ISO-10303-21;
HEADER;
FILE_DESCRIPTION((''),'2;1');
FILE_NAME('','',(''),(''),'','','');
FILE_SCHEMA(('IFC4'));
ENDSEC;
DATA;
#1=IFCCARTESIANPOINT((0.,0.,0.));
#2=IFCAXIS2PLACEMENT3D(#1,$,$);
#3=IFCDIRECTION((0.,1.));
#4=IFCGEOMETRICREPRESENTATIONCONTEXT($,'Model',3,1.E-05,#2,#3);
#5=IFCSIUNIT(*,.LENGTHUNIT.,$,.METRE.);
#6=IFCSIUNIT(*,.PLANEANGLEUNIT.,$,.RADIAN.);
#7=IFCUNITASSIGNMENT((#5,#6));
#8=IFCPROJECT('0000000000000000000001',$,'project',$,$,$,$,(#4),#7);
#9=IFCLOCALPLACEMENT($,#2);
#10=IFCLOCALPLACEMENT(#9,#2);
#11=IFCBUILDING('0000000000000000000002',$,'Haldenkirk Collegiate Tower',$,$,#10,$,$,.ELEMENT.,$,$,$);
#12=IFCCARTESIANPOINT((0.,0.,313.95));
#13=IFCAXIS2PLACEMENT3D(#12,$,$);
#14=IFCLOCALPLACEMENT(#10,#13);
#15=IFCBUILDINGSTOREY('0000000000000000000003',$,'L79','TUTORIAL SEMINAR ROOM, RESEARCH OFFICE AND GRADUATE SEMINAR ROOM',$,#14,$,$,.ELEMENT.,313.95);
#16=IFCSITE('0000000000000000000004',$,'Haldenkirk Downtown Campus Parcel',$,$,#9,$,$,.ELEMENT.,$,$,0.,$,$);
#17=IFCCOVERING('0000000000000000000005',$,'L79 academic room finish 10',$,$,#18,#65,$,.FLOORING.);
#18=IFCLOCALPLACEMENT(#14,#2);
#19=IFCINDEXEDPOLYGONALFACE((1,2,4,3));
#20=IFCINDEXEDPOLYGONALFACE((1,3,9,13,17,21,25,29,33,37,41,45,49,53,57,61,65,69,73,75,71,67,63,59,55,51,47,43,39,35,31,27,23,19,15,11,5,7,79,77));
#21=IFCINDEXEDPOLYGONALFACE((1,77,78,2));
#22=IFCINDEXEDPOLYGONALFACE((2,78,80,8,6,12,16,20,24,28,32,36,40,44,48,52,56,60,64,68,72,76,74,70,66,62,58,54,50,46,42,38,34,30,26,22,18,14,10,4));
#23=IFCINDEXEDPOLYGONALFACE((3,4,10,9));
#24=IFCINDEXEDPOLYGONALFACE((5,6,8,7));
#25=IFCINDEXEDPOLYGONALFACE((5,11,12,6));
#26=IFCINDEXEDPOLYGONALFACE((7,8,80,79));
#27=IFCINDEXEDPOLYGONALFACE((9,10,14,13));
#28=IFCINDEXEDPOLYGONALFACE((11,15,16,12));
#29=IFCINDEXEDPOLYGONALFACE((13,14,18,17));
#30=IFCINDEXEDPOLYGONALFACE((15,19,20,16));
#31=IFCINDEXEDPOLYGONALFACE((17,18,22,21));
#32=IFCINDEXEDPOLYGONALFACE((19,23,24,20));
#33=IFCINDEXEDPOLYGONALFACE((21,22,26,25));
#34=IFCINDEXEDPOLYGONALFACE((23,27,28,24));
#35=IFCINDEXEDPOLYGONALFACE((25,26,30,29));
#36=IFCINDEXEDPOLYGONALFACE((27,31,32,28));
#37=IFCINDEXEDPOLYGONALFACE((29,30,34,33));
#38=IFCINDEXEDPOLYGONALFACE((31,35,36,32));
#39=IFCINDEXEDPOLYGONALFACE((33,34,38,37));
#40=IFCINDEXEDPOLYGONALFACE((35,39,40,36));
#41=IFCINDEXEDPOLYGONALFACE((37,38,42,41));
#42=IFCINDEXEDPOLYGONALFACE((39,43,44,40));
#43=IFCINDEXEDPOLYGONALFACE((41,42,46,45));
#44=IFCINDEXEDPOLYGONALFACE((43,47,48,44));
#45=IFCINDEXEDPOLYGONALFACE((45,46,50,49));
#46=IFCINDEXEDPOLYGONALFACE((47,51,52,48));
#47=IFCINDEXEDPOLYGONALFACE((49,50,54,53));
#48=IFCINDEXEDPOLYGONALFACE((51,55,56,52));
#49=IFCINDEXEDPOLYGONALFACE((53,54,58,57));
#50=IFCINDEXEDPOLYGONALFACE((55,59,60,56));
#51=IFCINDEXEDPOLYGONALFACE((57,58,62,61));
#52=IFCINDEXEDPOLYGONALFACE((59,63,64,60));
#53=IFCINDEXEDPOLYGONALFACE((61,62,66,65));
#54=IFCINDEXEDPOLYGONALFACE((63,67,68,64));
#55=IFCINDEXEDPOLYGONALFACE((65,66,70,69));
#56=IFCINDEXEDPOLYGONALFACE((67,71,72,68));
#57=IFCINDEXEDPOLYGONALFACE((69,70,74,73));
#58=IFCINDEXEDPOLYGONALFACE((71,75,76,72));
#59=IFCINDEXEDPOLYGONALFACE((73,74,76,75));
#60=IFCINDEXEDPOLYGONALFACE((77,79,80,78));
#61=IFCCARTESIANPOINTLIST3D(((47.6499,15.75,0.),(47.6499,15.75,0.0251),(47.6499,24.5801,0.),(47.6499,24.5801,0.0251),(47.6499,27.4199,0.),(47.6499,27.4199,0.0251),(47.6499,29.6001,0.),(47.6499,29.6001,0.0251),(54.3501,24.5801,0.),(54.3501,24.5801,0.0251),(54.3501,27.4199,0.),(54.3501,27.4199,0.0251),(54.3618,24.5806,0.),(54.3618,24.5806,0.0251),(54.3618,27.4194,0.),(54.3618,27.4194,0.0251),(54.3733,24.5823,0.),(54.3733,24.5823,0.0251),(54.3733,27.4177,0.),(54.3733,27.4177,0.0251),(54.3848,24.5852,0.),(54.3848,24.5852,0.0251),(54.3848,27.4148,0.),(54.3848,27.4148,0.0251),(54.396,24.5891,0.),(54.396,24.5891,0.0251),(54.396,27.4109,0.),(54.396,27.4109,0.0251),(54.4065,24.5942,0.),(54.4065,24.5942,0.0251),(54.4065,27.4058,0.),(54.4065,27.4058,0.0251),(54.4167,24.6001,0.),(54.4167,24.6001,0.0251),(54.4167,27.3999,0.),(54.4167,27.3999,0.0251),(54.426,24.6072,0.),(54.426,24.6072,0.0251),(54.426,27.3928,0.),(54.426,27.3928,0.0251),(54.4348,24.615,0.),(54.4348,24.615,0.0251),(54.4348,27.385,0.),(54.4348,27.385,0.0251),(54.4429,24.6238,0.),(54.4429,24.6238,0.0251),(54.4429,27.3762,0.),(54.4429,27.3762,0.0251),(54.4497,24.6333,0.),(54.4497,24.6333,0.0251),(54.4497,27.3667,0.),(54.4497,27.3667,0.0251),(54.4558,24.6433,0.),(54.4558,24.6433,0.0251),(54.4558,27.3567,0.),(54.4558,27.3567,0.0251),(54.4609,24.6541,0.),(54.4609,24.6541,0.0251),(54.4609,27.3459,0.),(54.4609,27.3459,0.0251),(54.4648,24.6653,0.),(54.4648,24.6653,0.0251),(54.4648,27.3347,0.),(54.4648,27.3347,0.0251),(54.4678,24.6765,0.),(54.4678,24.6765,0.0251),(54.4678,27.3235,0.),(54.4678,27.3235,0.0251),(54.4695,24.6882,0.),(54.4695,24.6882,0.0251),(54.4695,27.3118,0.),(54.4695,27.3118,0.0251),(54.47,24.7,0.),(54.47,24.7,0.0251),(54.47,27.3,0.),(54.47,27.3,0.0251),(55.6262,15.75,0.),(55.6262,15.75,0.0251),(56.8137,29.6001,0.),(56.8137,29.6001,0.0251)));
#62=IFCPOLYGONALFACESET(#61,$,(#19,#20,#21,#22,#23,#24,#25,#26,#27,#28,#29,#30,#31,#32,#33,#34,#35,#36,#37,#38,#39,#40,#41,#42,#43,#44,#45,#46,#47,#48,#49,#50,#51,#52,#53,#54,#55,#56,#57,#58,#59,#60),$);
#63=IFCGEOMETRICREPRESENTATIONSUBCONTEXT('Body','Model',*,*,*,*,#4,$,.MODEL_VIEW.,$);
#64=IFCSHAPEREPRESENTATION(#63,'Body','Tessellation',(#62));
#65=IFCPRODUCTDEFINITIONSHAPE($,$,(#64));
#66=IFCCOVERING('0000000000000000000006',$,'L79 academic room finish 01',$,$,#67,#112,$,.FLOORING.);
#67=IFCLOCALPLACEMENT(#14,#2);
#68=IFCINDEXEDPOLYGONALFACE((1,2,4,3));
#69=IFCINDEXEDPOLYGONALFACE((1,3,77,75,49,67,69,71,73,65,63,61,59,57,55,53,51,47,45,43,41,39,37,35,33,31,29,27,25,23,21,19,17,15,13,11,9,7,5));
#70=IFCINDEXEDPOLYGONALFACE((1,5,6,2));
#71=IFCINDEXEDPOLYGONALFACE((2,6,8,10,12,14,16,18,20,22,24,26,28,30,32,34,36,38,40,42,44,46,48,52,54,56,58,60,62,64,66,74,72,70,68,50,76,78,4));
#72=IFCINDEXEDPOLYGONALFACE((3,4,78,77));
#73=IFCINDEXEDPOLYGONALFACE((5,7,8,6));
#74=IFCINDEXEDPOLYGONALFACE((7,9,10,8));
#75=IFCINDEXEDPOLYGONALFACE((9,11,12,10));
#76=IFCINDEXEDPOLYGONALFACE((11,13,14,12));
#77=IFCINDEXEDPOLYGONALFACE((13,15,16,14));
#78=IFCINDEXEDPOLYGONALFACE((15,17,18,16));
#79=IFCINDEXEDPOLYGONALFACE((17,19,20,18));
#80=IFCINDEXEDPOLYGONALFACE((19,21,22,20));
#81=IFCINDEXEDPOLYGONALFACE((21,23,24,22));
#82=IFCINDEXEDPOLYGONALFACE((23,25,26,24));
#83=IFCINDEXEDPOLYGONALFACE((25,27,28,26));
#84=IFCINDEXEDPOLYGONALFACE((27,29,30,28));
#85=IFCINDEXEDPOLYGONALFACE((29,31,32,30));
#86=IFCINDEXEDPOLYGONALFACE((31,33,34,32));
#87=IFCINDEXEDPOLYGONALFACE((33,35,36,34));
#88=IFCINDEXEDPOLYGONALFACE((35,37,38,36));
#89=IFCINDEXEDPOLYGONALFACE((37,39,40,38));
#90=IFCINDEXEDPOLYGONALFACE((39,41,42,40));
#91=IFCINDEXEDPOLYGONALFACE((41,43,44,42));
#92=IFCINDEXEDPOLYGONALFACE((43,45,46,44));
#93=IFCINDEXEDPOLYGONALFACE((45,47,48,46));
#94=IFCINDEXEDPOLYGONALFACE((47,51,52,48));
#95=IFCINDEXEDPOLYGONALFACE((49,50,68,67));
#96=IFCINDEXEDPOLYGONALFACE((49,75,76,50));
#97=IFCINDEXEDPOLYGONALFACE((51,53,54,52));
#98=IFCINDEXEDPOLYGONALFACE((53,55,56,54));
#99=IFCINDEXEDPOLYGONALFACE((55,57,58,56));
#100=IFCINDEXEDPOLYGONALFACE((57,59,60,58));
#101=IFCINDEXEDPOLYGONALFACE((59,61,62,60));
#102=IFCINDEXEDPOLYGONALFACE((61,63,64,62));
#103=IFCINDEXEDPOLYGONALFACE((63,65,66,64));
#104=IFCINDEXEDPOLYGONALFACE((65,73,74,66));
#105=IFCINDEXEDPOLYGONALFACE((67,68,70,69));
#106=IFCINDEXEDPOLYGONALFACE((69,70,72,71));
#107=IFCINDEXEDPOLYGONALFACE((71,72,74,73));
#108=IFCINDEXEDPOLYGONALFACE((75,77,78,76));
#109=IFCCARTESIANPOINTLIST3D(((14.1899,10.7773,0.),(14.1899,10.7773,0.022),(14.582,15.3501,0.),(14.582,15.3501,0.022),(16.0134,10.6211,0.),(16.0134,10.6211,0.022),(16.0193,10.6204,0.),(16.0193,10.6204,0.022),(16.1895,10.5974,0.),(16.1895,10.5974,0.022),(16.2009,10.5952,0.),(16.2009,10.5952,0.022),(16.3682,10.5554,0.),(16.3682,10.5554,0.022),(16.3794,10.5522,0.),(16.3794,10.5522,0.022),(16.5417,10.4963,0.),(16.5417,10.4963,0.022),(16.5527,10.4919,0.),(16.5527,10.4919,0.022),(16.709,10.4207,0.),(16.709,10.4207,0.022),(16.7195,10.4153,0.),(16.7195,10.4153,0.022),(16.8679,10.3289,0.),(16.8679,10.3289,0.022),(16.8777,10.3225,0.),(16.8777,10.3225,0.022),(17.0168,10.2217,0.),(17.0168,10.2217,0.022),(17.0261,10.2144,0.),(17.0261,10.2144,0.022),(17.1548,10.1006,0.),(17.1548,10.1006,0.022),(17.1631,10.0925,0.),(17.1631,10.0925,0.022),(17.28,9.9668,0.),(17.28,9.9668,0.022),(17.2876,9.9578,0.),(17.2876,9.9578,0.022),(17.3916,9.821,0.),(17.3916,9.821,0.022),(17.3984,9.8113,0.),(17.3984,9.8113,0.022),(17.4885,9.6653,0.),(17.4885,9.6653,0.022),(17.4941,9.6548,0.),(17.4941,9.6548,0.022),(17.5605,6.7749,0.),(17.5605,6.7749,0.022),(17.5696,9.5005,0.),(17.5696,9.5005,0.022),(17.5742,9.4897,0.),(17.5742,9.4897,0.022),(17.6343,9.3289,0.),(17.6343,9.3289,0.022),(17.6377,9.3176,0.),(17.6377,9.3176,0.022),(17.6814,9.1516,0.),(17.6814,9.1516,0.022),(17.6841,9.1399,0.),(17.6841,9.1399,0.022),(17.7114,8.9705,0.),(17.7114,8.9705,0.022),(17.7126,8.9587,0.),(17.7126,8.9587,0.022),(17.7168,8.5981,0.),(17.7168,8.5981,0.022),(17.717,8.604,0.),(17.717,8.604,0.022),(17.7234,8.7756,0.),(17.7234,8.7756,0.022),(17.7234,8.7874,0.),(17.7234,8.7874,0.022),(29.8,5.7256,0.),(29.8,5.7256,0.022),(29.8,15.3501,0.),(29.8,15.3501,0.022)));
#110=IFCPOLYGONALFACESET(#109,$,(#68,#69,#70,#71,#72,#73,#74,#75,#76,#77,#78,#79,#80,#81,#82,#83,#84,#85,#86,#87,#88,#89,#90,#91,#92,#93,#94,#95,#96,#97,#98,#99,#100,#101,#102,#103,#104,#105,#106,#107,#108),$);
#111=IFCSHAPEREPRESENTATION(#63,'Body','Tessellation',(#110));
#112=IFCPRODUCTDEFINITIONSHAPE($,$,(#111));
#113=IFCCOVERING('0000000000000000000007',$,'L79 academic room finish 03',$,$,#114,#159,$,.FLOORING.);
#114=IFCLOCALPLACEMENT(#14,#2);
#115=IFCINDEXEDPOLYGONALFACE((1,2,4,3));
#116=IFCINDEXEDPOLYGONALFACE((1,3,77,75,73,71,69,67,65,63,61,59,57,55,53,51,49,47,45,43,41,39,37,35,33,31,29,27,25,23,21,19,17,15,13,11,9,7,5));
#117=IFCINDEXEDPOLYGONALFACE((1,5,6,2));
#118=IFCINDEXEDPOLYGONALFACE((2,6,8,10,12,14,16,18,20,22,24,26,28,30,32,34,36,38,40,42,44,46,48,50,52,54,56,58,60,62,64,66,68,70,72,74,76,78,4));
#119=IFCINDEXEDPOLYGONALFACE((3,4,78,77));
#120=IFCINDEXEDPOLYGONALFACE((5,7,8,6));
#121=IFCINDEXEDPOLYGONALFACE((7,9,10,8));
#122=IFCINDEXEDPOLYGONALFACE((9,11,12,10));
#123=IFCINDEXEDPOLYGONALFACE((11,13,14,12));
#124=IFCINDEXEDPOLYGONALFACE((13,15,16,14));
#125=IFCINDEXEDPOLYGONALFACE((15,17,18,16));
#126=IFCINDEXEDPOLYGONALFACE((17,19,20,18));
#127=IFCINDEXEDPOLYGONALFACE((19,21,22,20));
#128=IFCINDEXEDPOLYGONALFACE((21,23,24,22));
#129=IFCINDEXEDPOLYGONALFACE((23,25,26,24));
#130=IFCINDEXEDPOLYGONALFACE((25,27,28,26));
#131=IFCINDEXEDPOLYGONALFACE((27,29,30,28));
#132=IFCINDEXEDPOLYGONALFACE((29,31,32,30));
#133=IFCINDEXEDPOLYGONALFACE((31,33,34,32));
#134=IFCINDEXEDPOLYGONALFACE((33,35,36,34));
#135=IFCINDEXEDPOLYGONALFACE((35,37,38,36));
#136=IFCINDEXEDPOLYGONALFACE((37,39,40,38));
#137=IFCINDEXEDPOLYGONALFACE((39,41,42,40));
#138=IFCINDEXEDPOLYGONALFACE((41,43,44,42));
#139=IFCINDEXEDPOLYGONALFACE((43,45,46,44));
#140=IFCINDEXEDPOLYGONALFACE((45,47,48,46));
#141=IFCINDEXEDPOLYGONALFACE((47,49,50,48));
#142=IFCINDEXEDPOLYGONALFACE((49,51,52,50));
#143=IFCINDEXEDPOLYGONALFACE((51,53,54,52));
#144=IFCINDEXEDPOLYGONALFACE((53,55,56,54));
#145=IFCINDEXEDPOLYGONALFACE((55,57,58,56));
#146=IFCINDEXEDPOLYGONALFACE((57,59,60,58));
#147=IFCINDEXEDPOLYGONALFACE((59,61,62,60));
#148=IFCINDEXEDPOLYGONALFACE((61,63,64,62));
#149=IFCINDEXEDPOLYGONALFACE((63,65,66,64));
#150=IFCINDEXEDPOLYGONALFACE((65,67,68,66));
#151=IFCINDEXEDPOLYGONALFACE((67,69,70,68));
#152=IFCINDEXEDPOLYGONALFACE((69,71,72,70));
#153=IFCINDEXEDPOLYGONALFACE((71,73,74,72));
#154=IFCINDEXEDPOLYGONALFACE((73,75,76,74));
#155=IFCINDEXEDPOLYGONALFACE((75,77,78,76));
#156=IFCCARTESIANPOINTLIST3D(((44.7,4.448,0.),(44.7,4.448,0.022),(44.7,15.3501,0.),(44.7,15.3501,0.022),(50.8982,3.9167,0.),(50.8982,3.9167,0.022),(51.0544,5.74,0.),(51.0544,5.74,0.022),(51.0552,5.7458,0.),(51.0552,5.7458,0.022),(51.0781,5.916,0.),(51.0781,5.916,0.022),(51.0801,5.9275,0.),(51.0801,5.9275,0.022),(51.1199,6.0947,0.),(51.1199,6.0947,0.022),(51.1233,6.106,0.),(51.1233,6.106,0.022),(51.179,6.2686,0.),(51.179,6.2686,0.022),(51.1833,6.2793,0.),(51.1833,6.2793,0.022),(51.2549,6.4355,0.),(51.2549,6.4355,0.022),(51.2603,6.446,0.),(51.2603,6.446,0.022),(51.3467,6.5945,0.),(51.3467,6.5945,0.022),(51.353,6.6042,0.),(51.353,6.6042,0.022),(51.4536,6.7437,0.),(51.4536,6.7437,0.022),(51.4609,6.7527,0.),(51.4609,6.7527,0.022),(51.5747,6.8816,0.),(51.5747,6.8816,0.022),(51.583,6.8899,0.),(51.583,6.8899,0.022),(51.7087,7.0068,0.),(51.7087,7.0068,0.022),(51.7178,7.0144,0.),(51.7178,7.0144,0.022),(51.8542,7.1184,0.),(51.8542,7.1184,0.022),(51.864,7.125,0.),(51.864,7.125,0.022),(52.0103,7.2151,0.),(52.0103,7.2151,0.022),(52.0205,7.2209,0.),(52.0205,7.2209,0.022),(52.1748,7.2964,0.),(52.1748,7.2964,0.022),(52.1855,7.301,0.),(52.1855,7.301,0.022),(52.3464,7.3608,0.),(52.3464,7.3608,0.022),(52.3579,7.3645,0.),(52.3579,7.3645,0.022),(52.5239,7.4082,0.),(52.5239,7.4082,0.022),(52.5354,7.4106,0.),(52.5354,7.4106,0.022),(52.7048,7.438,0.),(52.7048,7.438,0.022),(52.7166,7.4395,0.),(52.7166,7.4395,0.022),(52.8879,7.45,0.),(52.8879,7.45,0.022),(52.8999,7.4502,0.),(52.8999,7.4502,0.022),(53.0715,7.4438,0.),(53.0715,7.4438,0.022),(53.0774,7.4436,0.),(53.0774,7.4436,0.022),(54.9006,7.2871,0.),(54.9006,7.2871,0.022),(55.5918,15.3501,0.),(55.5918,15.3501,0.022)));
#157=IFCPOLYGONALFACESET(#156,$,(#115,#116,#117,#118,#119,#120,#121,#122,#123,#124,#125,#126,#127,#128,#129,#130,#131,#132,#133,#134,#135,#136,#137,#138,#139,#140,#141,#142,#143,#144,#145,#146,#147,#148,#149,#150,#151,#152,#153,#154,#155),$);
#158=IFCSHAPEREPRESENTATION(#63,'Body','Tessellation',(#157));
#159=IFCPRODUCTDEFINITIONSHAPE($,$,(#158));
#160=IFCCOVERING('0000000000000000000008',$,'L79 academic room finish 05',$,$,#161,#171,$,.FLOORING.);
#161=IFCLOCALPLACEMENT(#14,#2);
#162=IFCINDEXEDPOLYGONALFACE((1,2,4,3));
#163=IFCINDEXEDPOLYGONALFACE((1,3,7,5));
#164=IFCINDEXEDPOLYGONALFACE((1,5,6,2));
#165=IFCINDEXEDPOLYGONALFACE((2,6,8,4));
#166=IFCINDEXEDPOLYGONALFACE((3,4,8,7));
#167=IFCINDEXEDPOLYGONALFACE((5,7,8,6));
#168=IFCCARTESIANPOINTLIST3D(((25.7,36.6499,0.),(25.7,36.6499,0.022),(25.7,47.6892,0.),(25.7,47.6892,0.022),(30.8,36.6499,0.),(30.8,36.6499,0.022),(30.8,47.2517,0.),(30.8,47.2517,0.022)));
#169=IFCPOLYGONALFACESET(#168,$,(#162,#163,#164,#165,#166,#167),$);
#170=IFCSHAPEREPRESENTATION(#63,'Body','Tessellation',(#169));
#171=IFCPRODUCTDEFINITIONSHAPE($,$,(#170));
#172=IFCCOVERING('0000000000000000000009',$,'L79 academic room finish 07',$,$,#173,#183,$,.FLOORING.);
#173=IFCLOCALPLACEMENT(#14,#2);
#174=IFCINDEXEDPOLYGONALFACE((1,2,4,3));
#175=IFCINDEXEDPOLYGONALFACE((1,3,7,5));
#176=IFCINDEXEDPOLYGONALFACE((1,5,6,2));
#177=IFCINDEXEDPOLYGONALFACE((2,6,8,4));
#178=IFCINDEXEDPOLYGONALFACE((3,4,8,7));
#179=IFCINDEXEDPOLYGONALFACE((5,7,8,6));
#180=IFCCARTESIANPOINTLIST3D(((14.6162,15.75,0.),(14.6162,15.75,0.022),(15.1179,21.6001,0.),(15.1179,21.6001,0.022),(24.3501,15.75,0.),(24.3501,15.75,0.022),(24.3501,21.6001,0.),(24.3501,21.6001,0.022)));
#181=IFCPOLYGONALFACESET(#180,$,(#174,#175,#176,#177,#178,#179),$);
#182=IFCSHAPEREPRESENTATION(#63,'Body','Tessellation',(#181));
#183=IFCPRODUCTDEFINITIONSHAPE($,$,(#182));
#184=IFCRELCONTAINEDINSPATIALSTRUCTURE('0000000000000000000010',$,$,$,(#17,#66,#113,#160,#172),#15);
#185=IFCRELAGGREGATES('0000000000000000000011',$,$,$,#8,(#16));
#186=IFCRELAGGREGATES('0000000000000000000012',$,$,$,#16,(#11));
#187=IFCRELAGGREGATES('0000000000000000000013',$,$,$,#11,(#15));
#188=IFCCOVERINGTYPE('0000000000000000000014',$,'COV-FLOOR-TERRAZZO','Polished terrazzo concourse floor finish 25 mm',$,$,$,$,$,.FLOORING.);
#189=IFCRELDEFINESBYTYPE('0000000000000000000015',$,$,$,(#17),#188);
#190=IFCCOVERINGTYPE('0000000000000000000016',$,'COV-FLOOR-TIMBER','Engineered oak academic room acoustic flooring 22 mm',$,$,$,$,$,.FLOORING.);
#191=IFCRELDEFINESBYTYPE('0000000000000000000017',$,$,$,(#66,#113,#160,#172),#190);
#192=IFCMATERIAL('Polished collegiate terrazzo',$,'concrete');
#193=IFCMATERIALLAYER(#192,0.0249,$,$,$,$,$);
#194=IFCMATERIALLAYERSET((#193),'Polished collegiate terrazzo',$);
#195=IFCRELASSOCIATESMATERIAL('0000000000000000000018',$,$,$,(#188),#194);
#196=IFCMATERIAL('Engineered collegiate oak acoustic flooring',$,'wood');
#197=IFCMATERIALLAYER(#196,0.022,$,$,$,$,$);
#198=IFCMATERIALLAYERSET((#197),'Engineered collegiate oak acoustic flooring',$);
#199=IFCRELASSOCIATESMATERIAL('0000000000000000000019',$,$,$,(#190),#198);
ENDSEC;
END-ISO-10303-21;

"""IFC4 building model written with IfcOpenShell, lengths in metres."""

from ifc_helpers import new_model, si_unit, direction, frame, origin, place, context, subcontext, project, spatial, polyline, outline, extrude, material, layer, layer_set, type_object, element, save


model = new_model("IFC4")

# Units and contexts
model_context = context("Model", 3, precision=1e-05, world=origin(), true_north=direction((0.0, 1.0)))
body_context = subcontext(model_context, "Body", "Model", "MODEL_VIEW")
ifc_project = project(units=[si_unit("LENGTHUNIT", "METRE"), si_unit("PLANEANGLEUNIT", "RADIAN")], contexts=[model_context])

# Site, building, storey
site_placement = place(None, origin())
site = spatial("IfcSite", under=ifc_project, at=site_placement, Name="Haldenkirk Downtown Campus Parcel", CompositionType="ELEMENT", RefElevation=0.0)
building_placement = place(site_placement, origin())
building = spatial("IfcBuilding", under=site, at=building_placement, Name="Haldenkirk Collegiate Tower", CompositionType="ELEMENT")
storey_placement = place(building_placement, frame((0.0, 0.0, 313.95)))
storey = spatial("IfcBuildingStorey", under=building, at=storey_placement, Name="L79", Description="TUTORIAL SEMINAR ROOM, RESEARCH OFFICE AND GRADUATE SEMINAR ROOM", CompositionType="ELEMENT", Elevation=313.95)

# Coverings
ifc_material_1 = material(Name="Polished collegiate terrazzo", Category="concrete")
ifc_layer_1 = layer(ifc_material_1, 0.0249)
ifc_layer_set_1 = layer_set([ifc_layer_1], Name="Polished collegiate terrazzo")
covering_type_1 = type_object("IfcCoveringType", Name="COV-FLOOR-TERRAZZO", Description="Polished terrazzo concourse floor finish 25 mm", PredefinedType="FLOORING", material=ifc_layer_set_1)
covering_1_placement = place(storey_placement, origin())
element("IfcCovering", 1, at=covering_1_placement, inside=storey, type_object=covering_type_1, Name="L79 academic room finish 10", PredefinedType="FLOORING", context=body_context, shape_type="SweptSolid", body=[
    extrude(outline(polyline([(54.3501, 24.5801), (54.3618, 24.5806), (54.3733, 24.5823), (54.3848, 24.5852), (54.396, 24.5891), (54.4065, 24.5942), (54.4167, 24.6001), (54.426, 24.6072), (54.4348, 24.615), (54.4429, 24.6238), (54.4497, 24.6333), (54.4558, 24.6433), (54.4609, 24.6541), (54.4648, 24.6653), (54.4678, 24.6765), (54.4695, 24.6882), (54.47, 24.7), (54.47, 27.3), (54.4695, 27.3118), (54.4678, 27.3235), (54.4648, 27.3347), (54.4609, 27.3459), (54.4558, 27.3567), (54.4497, 27.3667), (54.4429, 27.3762), (54.4348, 27.385), (54.426, 27.3928), (54.4167, 27.3999), (54.4065, 27.4058), (54.396, 27.4109), (54.3848, 27.4148), (54.3733, 27.4177), (54.3618, 27.4194), (54.3501, 27.4199), (47.6499, 27.4199), (47.6499, 29.6001), (56.8137, 29.6001), (55.6262, 15.75), (47.6499, 15.75), (47.6499, 24.5801), (54.3501, 24.5801)])), origin(), (0.0, 0.0, 1.0), 0.0251),
])
ifc_material_2 = material(Name="Engineered collegiate oak acoustic flooring", Category="wood")
ifc_layer_2 = layer(ifc_material_2, 0.022)
ifc_layer_set_2 = layer_set([ifc_layer_2], Name="Engineered collegiate oak acoustic flooring")
covering_type_2 = type_object("IfcCoveringType", Name="COV-FLOOR-TIMBER", Description="Engineered oak academic room acoustic flooring 22 mm", PredefinedType="FLOORING", material=ifc_layer_set_2)
covering_2_placement = place(storey_placement, origin())
element("IfcCovering", 2, at=covering_2_placement, inside=storey, type_object=covering_type_2, Name="L79 academic room finish 01", PredefinedType="FLOORING", context=body_context, shape_type="SweptSolid", body=[
    extrude(outline(polyline([(17.5605, 6.7749), (17.7168, 8.5981), (17.717, 8.604), (17.7234, 8.7756), (17.7234, 8.7874), (17.7126, 8.9587), (17.7114, 8.9705), (17.6841, 9.1399), (17.6814, 9.1516), (17.6377, 9.3176), (17.6343, 9.3289), (17.5742, 9.4897), (17.5696, 9.5005), (17.4941, 9.6548), (17.4885, 9.6653), (17.3984, 9.8113), (17.3916, 9.821), (17.2876, 9.9578), (17.28, 9.9668), (17.1631, 10.0925), (17.1548, 10.1006), (17.0261, 10.2144), (17.0168, 10.2217), (16.8777, 10.3225), (16.8679, 10.3289), (16.7195, 10.4153), (16.709, 10.4207), (16.5527, 10.4919), (16.5417, 10.4963), (16.3794, 10.5522), (16.3682, 10.5554), (16.2009, 10.5952), (16.1895, 10.5974), (16.0193, 10.6204), (16.0134, 10.6211), (14.1899, 10.7773), (14.582, 15.3501), (29.8, 15.3501), (29.8, 5.7256), (17.5605, 6.7749)])), origin(), (0.0, 0.0, 1.0), 0.022),
])
covering_3_placement = place(storey_placement, origin())
element("IfcCovering", 3, at=covering_3_placement, inside=storey, type_object=covering_type_2, Name="L79 academic room finish 03", PredefinedType="FLOORING", context=body_context, shape_type="SweptSolid", body=[
    extrude(outline(polyline([(52.3579, 7.3645), (52.3464, 7.3608), (52.1855, 7.301), (52.1748, 7.2964), (52.0205, 7.2209), (52.0103, 7.2151), (51.864, 7.125), (51.8542, 7.1184), (51.7178, 7.0144), (51.7087, 7.0068), (51.583, 6.8899), (51.5747, 6.8816), (51.4609, 6.7527), (51.4536, 6.7437), (51.353, 6.6042), (51.3467, 6.5945), (51.2603, 6.446), (51.2549, 6.4355), (51.1833, 6.2793), (51.179, 6.2686), (51.1233, 6.106), (51.1199, 6.0947), (51.0801, 5.9275), (51.0781, 5.916), (51.0552, 5.7458), (51.0544, 5.74), (50.8982, 3.9167), (44.7, 4.448), (44.7, 15.3501), (55.5918, 15.3501), (54.9006, 7.2871), (53.0774, 7.4436), (53.0715, 7.4438), (52.8999, 7.4502), (52.8879, 7.45), (52.7166, 7.4395), (52.7048, 7.438), (52.5354, 7.4106), (52.5239, 7.4082), (52.3579, 7.3645)])), origin(), (0.0, 0.0, 1.0), 0.022),
])
covering_4_placement = place(storey_placement, origin())
element("IfcCovering", 4, at=covering_4_placement, inside=storey, type_object=covering_type_2, Name="L79 academic room finish 05", PredefinedType="FLOORING", context=body_context, shape_type="SweptSolid", body=[
    extrude(outline(polyline([(30.8, 47.2517), (30.8, 36.6499), (25.7, 36.6499), (25.7, 47.6892), (30.8, 47.2517)])), origin(), (0.0, 0.0, 1.0), 0.022),
])
covering_5_placement = place(storey_placement, origin())
element("IfcCovering", 5, at=covering_5_placement, inside=storey, type_object=covering_type_2, Name="L79 academic room finish 07", PredefinedType="FLOORING", context=body_context, shape_type="SweptSolid", body=[
    extrude(outline(polyline([(15.1179, 21.6001), (24.3501, 21.6001), (24.3501, 15.75), (14.6162, 15.75), (15.1179, 21.6001)])), origin(), (0.0, 0.0, 1.0), 0.022),
])

save(model, "model.ifc")
